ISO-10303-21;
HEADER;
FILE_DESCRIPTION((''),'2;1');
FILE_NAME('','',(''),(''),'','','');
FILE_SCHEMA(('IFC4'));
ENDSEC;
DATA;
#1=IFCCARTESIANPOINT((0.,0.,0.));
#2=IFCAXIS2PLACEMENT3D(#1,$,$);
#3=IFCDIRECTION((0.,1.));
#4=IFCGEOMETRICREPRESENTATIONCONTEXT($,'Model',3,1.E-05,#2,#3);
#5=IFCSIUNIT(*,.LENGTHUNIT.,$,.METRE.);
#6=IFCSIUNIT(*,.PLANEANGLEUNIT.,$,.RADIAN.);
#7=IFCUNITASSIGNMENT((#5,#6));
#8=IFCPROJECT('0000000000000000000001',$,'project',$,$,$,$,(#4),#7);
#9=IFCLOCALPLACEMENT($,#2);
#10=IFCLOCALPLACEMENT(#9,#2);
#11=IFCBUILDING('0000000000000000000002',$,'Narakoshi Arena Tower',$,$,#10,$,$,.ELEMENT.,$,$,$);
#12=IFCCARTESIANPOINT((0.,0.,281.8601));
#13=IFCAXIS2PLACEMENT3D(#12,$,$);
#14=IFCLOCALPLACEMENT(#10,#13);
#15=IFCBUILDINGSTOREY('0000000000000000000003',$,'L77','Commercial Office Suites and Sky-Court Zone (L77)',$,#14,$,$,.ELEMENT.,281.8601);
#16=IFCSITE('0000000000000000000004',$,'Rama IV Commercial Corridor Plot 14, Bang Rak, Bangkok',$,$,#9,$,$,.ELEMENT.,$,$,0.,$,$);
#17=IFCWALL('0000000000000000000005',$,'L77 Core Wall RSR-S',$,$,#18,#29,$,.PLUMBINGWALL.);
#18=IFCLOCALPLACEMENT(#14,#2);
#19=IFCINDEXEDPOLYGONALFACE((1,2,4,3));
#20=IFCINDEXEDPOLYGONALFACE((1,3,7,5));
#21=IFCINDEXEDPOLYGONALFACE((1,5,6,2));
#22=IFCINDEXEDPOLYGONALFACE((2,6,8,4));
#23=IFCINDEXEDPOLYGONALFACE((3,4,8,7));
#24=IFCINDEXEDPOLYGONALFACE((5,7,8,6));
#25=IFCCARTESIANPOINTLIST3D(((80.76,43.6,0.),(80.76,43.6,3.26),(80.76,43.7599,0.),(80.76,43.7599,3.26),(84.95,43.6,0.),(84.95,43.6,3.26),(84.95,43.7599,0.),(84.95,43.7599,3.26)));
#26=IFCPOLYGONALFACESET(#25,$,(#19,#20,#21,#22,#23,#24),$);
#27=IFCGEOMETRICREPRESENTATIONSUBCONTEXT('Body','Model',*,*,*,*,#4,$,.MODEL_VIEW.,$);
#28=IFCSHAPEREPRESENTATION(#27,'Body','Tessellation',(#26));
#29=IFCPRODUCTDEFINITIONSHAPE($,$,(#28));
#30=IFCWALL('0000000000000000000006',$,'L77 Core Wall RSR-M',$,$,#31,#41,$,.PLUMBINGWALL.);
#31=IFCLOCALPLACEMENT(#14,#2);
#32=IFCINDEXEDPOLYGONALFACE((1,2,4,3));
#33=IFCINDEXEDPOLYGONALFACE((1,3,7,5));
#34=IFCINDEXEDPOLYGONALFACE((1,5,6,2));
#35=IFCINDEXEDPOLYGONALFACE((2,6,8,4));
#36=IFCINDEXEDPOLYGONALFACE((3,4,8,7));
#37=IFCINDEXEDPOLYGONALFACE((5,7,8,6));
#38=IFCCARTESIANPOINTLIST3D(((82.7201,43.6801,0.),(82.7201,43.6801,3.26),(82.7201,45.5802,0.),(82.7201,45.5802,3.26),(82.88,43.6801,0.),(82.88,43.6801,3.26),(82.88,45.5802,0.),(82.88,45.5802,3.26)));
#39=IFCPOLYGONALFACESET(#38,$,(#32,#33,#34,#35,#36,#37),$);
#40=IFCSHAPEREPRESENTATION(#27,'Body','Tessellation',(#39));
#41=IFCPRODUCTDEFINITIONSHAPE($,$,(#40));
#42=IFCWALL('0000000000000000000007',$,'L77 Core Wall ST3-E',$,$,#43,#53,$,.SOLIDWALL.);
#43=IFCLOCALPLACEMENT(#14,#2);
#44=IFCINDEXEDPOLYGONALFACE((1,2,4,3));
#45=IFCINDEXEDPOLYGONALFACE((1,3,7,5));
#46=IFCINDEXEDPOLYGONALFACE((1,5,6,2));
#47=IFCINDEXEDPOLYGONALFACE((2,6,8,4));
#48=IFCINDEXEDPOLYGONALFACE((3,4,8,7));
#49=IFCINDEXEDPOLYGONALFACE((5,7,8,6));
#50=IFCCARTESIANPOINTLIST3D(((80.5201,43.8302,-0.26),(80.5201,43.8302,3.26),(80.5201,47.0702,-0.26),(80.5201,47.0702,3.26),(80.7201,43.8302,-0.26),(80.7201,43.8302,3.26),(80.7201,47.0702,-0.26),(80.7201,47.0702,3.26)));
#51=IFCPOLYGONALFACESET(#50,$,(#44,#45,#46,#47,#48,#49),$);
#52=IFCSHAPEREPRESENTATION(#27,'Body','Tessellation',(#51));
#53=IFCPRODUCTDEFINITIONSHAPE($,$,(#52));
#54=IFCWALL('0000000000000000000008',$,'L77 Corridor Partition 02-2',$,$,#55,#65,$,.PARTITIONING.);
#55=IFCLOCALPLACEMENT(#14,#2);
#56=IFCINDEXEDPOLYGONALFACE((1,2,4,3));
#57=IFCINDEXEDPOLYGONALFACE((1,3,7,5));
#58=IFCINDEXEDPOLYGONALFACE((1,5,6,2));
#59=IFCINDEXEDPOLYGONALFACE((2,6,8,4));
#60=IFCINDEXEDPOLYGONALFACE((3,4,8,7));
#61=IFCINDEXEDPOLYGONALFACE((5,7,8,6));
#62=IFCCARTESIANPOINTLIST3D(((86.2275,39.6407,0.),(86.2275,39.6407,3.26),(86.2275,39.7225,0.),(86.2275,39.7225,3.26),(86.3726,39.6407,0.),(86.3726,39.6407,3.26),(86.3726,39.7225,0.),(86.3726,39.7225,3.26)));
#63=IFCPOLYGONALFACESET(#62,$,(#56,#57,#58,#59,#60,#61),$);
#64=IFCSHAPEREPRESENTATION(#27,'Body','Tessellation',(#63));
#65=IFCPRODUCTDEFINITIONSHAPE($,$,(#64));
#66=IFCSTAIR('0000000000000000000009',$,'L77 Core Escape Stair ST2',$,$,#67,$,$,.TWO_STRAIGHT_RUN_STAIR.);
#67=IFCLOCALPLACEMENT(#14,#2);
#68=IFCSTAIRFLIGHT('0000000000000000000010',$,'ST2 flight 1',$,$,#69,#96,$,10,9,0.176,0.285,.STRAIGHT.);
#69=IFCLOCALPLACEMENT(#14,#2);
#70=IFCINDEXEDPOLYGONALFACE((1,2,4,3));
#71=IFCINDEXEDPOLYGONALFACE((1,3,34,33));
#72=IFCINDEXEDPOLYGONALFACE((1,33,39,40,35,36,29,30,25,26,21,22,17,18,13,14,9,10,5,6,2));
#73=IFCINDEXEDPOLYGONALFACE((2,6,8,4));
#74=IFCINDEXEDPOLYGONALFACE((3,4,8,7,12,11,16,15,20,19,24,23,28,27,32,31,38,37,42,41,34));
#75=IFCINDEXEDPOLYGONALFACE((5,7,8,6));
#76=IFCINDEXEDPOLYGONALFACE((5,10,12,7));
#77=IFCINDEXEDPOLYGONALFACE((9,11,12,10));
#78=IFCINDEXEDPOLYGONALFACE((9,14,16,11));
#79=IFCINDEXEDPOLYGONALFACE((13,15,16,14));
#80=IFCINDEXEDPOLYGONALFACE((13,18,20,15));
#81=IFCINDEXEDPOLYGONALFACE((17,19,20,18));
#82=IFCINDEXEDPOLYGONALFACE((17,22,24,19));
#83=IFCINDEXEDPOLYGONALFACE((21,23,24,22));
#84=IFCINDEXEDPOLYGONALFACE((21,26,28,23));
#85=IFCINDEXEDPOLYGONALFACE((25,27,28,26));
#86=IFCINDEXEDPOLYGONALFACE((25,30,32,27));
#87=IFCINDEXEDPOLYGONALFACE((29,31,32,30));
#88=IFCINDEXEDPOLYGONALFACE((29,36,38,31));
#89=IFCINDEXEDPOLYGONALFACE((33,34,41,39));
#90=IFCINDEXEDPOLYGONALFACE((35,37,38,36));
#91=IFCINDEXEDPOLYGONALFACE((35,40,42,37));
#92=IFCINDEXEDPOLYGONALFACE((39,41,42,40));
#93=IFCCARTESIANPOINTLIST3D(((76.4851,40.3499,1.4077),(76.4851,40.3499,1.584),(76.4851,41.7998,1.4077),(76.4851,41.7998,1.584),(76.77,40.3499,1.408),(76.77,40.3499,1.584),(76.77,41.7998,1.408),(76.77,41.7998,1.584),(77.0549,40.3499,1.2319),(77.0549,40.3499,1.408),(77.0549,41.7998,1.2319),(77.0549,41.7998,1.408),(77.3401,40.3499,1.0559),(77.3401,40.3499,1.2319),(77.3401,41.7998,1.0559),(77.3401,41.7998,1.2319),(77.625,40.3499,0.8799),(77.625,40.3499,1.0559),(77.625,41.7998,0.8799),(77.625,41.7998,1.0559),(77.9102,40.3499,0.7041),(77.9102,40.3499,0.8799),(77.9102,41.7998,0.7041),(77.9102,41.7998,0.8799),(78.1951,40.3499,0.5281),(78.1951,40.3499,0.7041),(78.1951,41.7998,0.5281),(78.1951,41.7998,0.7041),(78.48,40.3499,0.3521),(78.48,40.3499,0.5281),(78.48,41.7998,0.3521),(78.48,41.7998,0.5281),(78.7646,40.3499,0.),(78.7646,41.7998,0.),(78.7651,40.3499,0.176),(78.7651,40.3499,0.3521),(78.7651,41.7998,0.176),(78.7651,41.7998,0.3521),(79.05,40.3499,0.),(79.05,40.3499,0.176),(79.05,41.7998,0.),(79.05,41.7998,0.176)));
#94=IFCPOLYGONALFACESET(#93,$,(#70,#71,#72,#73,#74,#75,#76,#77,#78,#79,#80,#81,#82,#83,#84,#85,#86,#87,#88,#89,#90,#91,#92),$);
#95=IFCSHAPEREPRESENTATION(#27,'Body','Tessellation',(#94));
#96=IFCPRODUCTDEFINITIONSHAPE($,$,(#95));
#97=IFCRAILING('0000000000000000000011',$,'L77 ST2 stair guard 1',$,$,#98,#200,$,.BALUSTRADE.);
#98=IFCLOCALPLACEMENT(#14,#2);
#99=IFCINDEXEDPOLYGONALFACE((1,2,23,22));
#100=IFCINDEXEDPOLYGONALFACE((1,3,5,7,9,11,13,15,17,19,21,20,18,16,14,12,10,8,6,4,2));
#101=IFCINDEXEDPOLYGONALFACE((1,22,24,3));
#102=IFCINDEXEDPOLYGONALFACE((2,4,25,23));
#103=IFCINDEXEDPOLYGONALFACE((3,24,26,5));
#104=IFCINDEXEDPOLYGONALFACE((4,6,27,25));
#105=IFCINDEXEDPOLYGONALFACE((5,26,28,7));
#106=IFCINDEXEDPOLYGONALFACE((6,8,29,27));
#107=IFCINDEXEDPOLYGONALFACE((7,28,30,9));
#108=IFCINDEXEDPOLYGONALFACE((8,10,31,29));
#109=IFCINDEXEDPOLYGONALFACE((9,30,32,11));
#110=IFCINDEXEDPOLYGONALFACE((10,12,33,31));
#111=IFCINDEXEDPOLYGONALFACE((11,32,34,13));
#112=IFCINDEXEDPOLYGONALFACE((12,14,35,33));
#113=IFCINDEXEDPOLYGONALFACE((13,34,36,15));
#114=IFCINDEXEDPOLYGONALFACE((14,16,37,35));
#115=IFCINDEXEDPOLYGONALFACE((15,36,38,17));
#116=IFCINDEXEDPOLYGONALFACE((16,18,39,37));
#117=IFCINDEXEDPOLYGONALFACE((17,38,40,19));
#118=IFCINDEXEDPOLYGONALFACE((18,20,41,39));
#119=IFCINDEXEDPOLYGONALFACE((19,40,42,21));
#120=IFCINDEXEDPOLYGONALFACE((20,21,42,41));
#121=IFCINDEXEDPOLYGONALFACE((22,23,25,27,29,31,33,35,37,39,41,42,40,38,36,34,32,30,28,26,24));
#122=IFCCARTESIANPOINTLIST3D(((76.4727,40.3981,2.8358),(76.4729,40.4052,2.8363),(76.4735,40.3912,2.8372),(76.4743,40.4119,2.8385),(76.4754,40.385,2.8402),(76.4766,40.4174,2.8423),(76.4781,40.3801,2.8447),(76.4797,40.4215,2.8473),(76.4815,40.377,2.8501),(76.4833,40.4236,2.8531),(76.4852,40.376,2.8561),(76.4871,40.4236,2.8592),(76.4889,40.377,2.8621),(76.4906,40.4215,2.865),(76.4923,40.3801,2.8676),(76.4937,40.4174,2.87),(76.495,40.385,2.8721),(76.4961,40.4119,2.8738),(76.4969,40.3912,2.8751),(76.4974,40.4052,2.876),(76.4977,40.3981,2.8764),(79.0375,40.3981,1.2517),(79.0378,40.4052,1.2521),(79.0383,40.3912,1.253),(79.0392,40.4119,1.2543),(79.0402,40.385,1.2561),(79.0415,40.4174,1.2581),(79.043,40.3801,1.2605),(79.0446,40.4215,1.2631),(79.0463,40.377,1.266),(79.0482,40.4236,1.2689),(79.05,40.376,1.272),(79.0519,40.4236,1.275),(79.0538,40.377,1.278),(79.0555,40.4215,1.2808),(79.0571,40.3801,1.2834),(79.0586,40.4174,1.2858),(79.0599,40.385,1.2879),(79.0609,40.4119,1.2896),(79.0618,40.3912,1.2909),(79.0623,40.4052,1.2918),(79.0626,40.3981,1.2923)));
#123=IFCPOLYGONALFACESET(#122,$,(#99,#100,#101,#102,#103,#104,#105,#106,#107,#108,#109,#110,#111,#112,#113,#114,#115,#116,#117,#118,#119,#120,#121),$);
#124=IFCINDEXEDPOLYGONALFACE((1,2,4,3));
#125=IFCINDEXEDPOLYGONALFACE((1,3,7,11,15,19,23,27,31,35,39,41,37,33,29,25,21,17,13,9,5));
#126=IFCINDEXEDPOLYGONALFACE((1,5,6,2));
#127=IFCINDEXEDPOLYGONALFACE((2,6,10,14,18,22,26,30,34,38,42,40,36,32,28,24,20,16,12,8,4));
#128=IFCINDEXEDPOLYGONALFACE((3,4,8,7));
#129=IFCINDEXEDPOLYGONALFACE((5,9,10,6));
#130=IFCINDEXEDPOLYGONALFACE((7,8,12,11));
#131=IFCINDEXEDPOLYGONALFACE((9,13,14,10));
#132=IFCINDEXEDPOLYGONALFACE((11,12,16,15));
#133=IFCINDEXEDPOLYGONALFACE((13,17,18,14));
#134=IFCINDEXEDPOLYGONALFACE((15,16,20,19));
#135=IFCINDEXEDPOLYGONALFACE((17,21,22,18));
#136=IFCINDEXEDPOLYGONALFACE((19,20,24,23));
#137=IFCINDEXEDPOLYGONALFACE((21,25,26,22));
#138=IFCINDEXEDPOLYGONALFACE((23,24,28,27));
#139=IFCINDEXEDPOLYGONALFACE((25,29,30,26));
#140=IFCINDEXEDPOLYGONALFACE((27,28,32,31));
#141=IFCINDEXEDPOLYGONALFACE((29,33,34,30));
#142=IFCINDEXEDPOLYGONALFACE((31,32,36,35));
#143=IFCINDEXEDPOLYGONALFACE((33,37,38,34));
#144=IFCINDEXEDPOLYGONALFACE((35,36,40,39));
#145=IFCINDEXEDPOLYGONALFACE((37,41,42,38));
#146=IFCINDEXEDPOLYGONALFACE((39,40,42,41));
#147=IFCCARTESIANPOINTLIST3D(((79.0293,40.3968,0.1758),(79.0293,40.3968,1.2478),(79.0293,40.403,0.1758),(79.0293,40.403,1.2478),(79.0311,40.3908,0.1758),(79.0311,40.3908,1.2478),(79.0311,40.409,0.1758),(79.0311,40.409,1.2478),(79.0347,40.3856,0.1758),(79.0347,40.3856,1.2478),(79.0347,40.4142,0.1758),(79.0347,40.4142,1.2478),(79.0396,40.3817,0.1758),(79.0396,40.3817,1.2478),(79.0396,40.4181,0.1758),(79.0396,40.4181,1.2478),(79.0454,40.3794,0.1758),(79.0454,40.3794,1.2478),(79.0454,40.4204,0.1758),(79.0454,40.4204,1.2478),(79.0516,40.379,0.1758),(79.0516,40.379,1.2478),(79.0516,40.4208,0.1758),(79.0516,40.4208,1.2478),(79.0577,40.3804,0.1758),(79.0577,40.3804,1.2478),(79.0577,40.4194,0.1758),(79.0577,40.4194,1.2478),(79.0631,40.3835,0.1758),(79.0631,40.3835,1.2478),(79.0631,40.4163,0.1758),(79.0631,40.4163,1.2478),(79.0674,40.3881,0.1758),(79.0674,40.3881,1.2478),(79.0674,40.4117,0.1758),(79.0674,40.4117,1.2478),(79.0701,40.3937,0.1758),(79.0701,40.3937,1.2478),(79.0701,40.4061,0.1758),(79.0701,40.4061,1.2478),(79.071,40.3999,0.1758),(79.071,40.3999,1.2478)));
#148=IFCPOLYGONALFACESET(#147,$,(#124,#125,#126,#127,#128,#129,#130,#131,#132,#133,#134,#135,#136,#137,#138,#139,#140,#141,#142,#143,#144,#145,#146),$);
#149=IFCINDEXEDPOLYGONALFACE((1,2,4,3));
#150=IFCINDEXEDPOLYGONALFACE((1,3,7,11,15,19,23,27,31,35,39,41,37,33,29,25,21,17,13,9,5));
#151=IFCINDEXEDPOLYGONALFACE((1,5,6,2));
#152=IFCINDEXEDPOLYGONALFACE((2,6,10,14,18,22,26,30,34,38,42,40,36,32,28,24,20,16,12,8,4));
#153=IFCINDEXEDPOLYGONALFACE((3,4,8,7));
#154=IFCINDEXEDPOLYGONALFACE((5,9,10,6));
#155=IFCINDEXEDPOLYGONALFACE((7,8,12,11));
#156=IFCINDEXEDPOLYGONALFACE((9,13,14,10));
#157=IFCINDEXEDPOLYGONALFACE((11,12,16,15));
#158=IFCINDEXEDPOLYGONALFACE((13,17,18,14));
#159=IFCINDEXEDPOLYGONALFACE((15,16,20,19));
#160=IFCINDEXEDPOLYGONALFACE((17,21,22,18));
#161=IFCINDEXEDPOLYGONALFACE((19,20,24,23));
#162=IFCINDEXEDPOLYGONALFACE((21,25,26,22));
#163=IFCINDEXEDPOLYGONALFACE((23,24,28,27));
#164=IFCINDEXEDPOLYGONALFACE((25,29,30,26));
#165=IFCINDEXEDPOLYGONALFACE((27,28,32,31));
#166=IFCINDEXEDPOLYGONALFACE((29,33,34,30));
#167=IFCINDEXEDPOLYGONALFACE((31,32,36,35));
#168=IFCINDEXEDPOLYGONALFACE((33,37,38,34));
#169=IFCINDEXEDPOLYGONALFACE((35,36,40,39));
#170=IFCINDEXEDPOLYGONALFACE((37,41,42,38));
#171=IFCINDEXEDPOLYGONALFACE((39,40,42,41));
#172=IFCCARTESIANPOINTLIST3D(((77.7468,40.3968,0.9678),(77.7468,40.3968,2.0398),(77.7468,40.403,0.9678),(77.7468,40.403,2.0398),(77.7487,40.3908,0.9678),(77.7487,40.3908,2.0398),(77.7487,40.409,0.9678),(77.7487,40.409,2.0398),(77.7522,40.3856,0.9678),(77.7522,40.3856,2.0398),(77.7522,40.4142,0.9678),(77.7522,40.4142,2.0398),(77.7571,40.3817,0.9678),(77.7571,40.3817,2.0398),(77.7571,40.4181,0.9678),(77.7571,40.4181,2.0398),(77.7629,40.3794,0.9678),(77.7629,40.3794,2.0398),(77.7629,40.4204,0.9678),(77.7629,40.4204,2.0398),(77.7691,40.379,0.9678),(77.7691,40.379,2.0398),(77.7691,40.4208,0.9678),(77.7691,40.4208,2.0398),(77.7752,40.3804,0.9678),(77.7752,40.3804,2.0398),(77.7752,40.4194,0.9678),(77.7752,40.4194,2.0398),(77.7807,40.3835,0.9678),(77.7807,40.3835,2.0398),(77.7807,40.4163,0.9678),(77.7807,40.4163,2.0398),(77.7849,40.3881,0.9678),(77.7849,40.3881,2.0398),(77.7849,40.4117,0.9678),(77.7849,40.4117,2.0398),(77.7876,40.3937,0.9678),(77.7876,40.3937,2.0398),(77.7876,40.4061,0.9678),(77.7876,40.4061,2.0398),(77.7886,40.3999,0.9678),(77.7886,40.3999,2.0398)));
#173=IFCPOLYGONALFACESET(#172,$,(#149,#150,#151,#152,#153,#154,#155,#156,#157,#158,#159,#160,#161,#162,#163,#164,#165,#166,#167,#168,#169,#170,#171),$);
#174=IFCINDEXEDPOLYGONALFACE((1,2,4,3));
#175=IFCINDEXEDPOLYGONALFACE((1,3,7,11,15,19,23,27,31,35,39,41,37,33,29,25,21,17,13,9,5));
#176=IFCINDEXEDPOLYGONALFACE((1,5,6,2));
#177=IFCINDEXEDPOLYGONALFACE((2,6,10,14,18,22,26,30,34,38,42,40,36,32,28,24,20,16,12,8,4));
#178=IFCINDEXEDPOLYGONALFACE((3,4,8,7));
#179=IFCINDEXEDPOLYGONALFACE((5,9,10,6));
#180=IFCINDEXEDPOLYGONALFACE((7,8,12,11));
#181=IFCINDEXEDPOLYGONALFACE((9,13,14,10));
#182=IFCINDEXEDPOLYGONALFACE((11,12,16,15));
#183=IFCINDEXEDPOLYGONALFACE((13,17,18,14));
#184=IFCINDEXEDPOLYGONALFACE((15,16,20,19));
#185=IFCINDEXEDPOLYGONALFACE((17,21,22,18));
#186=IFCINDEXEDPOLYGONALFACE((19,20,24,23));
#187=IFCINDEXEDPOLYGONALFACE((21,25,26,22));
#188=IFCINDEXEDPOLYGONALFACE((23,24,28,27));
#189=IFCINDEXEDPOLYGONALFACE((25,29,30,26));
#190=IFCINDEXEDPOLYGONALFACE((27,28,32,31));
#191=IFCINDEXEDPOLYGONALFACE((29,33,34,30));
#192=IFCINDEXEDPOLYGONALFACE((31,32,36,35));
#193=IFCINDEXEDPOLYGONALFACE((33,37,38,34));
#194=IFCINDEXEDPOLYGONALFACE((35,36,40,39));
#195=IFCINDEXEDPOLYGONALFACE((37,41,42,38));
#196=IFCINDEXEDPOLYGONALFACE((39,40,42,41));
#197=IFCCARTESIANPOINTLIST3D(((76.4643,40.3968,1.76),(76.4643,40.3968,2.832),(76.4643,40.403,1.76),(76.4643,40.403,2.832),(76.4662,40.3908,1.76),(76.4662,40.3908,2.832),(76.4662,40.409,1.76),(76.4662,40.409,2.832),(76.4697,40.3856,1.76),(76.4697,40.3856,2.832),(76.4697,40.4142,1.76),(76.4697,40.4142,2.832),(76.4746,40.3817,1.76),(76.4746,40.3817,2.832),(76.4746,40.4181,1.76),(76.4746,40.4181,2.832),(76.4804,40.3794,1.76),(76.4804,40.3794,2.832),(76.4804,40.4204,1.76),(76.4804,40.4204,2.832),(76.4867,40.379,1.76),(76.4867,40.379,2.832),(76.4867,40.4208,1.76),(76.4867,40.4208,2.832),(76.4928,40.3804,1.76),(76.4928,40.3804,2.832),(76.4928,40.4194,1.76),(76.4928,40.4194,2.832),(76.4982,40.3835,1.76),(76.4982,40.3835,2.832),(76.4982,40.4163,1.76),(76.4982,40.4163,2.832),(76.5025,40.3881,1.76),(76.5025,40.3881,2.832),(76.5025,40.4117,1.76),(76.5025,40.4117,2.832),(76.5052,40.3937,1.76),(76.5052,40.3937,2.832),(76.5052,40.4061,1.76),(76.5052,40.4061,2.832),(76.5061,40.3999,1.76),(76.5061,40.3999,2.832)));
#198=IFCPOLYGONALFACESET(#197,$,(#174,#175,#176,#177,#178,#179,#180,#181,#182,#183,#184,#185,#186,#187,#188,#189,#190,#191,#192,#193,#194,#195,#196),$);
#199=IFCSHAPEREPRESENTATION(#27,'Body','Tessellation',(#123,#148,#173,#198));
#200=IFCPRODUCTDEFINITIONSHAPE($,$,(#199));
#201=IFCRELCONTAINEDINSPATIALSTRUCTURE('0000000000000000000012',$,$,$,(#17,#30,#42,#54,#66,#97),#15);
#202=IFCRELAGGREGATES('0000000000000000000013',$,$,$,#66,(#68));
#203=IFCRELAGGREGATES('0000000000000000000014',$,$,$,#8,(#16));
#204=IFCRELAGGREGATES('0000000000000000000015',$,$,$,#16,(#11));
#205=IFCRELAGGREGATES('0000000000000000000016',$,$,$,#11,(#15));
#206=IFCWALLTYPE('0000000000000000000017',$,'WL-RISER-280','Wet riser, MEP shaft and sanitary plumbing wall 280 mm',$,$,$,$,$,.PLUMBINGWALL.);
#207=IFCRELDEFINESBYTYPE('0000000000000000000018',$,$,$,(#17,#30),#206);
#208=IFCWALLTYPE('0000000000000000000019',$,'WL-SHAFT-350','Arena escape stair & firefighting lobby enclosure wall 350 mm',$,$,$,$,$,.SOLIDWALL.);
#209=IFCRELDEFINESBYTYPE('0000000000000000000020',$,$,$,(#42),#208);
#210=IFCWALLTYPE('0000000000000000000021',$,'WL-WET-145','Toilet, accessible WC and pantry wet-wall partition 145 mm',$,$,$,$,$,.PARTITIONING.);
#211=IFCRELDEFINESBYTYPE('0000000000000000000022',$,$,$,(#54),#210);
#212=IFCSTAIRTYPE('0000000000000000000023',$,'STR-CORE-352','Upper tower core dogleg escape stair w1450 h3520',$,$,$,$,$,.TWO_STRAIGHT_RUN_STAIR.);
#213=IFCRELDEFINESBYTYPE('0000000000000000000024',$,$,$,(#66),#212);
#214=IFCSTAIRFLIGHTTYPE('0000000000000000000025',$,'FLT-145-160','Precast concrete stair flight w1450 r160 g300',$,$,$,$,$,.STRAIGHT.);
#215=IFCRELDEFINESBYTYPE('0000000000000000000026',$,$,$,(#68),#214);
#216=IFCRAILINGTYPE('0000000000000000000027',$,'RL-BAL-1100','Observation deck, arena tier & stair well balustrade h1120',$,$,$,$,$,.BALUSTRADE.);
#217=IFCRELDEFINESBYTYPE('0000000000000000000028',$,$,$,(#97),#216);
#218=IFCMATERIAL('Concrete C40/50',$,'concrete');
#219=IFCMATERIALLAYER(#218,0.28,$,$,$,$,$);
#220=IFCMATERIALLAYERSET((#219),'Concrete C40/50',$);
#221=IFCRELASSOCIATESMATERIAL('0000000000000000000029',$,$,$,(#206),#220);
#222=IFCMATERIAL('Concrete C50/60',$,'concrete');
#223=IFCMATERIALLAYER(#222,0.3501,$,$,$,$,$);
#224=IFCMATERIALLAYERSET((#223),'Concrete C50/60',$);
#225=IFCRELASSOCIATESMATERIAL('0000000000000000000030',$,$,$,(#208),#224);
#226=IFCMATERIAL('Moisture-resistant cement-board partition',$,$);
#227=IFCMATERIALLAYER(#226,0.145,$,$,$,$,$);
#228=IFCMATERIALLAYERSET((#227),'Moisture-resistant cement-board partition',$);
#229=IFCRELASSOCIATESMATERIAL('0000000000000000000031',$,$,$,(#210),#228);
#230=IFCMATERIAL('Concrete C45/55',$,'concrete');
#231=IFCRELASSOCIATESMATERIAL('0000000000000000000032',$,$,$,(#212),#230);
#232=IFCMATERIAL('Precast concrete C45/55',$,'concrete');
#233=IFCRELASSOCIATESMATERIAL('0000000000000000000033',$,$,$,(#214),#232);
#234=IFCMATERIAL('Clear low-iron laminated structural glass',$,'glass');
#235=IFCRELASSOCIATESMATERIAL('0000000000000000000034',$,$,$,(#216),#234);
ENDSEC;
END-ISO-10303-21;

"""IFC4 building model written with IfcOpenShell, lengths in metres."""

from ifc_helpers import new_model, si_unit, direction, frame, frame_2d, origin, origin_2d, place, context, subcontext, project, spatial, polyline, rectangle, circle, outline, extrude, material, layer, layer_set, type_object, element, aggregate, save


model = new_model("IFC4")

# Units and contexts
model_context = context("Model", 3, precision=1e-05, world=origin(), true_north=direction((0.0, 1.0)))
body_context = subcontext(model_context, "Body", "Model", "MODEL_VIEW")
ifc_project = project(units=[si_unit("LENGTHUNIT", "METRE"), si_unit("PLANEANGLEUNIT", "RADIAN")], contexts=[model_context])

# Site, building, storey
site_placement = place(None, origin())
site = spatial("IfcSite", under=ifc_project, at=site_placement, Name="Rama IV Commercial Corridor Plot 14, Bang Rak, Bangkok", CompositionType="ELEMENT", RefElevation=0.0)
building_placement = place(site_placement, origin())
building = spatial("IfcBuilding", under=site, at=building_placement, Name="Narakoshi Arena Tower", CompositionType="ELEMENT")
storey_placement = place(building_placement, frame((0.0, 0.0, 281.8601)))
storey = spatial("IfcBuildingStorey", under=building, at=storey_placement, Name="L77", Description="Commercial Office Suites and Sky-Court Zone (L77)", CompositionType="ELEMENT", Elevation=281.8601)

# Shared definitions
ifc_material_1 = material(Name="Concrete C50/60", Category="concrete")

# Walls
ifc_material_2 = material(Name="Concrete C40/50", Category="concrete")
ifc_layer_1 = layer(ifc_material_2, 0.28)
ifc_layer_set_1 = layer_set([ifc_layer_1], Name="Concrete C40/50")
wall_type_1 = type_object("IfcWallType", Name="WL-RISER-280", Description="Wet riser, MEP shaft and sanitary plumbing wall 280 mm", PredefinedType="PLUMBINGWALL", material=ifc_layer_set_1)
wall_1_placement = place(storey_placement, frame((80.76, 43.6799, 0.0), z_axis=(0.0, 0.0, 1.0), x_axis=(1.0, 0.0, 0.0)))
element("IfcWall", 1, at=wall_1_placement, inside=storey, type_object=wall_type_1, Name="L77 Core Wall RSR-S", PredefinedType="PLUMBINGWALL", context=body_context, shape_type="SweptSolid", body=[
    extrude(rectangle(XDim=4.1899, YDim=0.1599, at=frame_2d((2.095, 0.0))), origin(), (0.0, 0.0, 1.0), 3.26),
])
wall_2_placement = place(storey_placement, frame((82.8, 43.6799, 0.0), z_axis=(0.0, 0.0, 1.0), x_axis=(0.0, 1.0, 0.0)))
element("IfcWall", 2, at=wall_2_placement, inside=storey, type_object=wall_type_1, Name="L77 Core Wall RSR-M", PredefinedType="PLUMBINGWALL", context=body_context, shape_type="SweptSolid", body=[
    extrude(rectangle(XDim=1.9001, YDim=0.1599, at=frame_2d((0.9502, 0.0))), origin(), (0.0, 0.0, 1.0), 3.26),
])
ifc_layer_2 = layer(ifc_material_1, 0.3501)
ifc_layer_set_2 = layer_set([ifc_layer_2], Name="Concrete C50/60")
wall_type_2 = type_object("IfcWallType", Name="WL-SHAFT-350", Description="Arena escape stair & firefighting lobby enclosure wall 350 mm", PredefinedType="SOLIDWALL", material=ifc_layer_set_2)
wall_3_placement = place(storey_placement, frame((80.6201, 43.8301, -0.26), z_axis=(0.0, 0.0, 1.0), x_axis=(0.0, 1.0, 0.0)))
element("IfcWall", 3, at=wall_3_placement, inside=storey, type_object=wall_type_2, Name="L77 Core Wall ST3-E", PredefinedType="SOLIDWALL", context=body_context, shape_type="SweptSolid", body=[
    extrude(rectangle(XDim=3.24, YDim=0.2, at=frame_2d((1.6201, 0.0))), origin(), (0.0, 0.0, 1.0), 3.52),
])

# Shared definitions
ifc_material_3 = material(Name="Moisture-resistant cement-board partition")
ifc_layer_3 = layer(ifc_material_3, 0.145)
ifc_layer_set_3 = layer_set([ifc_layer_3], Name="Moisture-resistant cement-board partition")
wall_type_3 = type_object("IfcWallType", Name="WL-WET-145", Description="Toilet, accessible WC and pantry wet-wall partition 145 mm", PredefinedType="PARTITIONING", material=ifc_layer_set_3)

# Wall
wall_4_placement = place(storey_placement, frame((86.3, 39.6406, 0.0), z_axis=(0.0, 0.0, 1.0), x_axis=(0.0, 1.0, 0.0)))
element("IfcWall", 4, at=wall_4_placement, inside=storey, type_object=wall_type_3, Name="L77 Corridor Partition 02-2", PredefinedType="PARTITIONING", context=body_context, shape_type="SweptSolid", body=[
    extrude(rectangle(XDim=0.0818, YDim=0.145, at=frame_2d((0.041, 0.0))), origin(), (0.0, 0.0, 1.0), 3.26),
])

# Stair, stair flight
ifc_material_4 = material(Name="Concrete C45/55", Category="concrete")
stair_type = type_object("IfcStairType", Name="STR-CORE-352", Description="Upper tower core dogleg escape stair w1450 h3520", PredefinedType="TWO_STRAIGHT_RUN_STAIR", material=ifc_material_4)
stair_placement = place(storey_placement, origin())
stair = element("IfcStair", 5, at=stair_placement, inside=storey, type_object=stair_type, Name="L77 Core Escape Stair ST2", PredefinedType="TWO_STRAIGHT_RUN_STAIR")
ifc_material_5 = material(Name="Precast concrete C45/55", Category="concrete")
stair_flight_type = type_object("IfcStairFlightType", Name="FLT-145-160", Description="Precast concrete stair flight w1450 r160 g300", PredefinedType="STRAIGHT", material=ifc_material_5)
stair_flight_placement = place(storey_placement, frame((79.05, 41.075, 0.0), z_axis=(0.0, 0.0, 1.0), x_axis=(-1.0, 0.0, 0.0)))
stair_flight = element("IfcStairFlight", 6, at=stair_flight_placement, type_object=stair_flight_type, Name="ST2 flight 1", NumberOfRisers=10, NumberOfTreads=9, PredefinedType="STRAIGHT", RiserHeight=0.176, TreadLength=0.285, context=body_context, shape_type="SweptSolid", body=[
    extrude(outline(polyline([(0.0, 0.0), (0.0, 0.176), (0.2849, 0.176), (0.2849, 0.3521), (0.5701, 0.3521), (0.5701, 0.5281), (0.855, 0.5281), (0.855, 0.7041), (1.1399, 0.7041), (1.1399, 0.8799), (1.425, 0.8799), (1.425, 1.0559), (1.71, 1.0559), (1.71, 1.2319), (1.9951, 1.2319), (1.9951, 1.408), (2.28, 1.408), (2.28, 1.584), (2.5649, 1.584), (2.5649, 1.76), (2.5649, 1.4077), (0.2854, 0.0), (0.0, 0.0)])), frame((0.0, 0.7251, 0.0), z_axis=(0.0, -1.0, 0.0), x_axis=(1.0, 0.0, 0.0)), (0.0, 0.0, 1.0), 1.45),
])
aggregate(stair, [stair_flight])

# Railing
ifc_material_6 = material(Name="Clear low-iron laminated structural glass", Category="glass")
railing_type_1 = type_object("IfcRailingType", Name="RL-BAL-1100", Description="Observation deck, arena tier & stair well balustrade h1120", PredefinedType="BALUSTRADE", material=ifc_material_6)
railing_1_placement = place(storey_placement, frame((79.05, 40.3999, 0.1758)))
element("IfcRailing", 7, at=railing_1_placement, inside=storey, type_object=railing_type_1, Name="L77 ST2 stair guard 1", PredefinedType="BALUSTRADE", context=body_context, shape_type="SweptSolid", body=[
    extrude(circle(Radius=0.0239, at=origin_2d()), frame((0.0, 0.0, 1.0962), z_axis=(-0.850798, 0.0, 0.525493), x_axis=(0.0, -1.0, 0.0)), (0.0, 0.0, 1.0), 3.0146),
    extrude(circle(Radius=0.021, at=origin_2d()), origin(), (0.0, 0.0, 1.0), 1.072),
    extrude(circle(Radius=0.021, at=origin_2d()), frame((-1.2825, 0.0, 0.792)), (0.0, 0.0, 1.0), 1.072),
    extrude(circle(Radius=0.021, at=origin_2d()), frame((-2.5649, 0.0, 1.5842)), (0.0, 0.0, 1.0), 1.072),
])

save(model, "model.ifc")
